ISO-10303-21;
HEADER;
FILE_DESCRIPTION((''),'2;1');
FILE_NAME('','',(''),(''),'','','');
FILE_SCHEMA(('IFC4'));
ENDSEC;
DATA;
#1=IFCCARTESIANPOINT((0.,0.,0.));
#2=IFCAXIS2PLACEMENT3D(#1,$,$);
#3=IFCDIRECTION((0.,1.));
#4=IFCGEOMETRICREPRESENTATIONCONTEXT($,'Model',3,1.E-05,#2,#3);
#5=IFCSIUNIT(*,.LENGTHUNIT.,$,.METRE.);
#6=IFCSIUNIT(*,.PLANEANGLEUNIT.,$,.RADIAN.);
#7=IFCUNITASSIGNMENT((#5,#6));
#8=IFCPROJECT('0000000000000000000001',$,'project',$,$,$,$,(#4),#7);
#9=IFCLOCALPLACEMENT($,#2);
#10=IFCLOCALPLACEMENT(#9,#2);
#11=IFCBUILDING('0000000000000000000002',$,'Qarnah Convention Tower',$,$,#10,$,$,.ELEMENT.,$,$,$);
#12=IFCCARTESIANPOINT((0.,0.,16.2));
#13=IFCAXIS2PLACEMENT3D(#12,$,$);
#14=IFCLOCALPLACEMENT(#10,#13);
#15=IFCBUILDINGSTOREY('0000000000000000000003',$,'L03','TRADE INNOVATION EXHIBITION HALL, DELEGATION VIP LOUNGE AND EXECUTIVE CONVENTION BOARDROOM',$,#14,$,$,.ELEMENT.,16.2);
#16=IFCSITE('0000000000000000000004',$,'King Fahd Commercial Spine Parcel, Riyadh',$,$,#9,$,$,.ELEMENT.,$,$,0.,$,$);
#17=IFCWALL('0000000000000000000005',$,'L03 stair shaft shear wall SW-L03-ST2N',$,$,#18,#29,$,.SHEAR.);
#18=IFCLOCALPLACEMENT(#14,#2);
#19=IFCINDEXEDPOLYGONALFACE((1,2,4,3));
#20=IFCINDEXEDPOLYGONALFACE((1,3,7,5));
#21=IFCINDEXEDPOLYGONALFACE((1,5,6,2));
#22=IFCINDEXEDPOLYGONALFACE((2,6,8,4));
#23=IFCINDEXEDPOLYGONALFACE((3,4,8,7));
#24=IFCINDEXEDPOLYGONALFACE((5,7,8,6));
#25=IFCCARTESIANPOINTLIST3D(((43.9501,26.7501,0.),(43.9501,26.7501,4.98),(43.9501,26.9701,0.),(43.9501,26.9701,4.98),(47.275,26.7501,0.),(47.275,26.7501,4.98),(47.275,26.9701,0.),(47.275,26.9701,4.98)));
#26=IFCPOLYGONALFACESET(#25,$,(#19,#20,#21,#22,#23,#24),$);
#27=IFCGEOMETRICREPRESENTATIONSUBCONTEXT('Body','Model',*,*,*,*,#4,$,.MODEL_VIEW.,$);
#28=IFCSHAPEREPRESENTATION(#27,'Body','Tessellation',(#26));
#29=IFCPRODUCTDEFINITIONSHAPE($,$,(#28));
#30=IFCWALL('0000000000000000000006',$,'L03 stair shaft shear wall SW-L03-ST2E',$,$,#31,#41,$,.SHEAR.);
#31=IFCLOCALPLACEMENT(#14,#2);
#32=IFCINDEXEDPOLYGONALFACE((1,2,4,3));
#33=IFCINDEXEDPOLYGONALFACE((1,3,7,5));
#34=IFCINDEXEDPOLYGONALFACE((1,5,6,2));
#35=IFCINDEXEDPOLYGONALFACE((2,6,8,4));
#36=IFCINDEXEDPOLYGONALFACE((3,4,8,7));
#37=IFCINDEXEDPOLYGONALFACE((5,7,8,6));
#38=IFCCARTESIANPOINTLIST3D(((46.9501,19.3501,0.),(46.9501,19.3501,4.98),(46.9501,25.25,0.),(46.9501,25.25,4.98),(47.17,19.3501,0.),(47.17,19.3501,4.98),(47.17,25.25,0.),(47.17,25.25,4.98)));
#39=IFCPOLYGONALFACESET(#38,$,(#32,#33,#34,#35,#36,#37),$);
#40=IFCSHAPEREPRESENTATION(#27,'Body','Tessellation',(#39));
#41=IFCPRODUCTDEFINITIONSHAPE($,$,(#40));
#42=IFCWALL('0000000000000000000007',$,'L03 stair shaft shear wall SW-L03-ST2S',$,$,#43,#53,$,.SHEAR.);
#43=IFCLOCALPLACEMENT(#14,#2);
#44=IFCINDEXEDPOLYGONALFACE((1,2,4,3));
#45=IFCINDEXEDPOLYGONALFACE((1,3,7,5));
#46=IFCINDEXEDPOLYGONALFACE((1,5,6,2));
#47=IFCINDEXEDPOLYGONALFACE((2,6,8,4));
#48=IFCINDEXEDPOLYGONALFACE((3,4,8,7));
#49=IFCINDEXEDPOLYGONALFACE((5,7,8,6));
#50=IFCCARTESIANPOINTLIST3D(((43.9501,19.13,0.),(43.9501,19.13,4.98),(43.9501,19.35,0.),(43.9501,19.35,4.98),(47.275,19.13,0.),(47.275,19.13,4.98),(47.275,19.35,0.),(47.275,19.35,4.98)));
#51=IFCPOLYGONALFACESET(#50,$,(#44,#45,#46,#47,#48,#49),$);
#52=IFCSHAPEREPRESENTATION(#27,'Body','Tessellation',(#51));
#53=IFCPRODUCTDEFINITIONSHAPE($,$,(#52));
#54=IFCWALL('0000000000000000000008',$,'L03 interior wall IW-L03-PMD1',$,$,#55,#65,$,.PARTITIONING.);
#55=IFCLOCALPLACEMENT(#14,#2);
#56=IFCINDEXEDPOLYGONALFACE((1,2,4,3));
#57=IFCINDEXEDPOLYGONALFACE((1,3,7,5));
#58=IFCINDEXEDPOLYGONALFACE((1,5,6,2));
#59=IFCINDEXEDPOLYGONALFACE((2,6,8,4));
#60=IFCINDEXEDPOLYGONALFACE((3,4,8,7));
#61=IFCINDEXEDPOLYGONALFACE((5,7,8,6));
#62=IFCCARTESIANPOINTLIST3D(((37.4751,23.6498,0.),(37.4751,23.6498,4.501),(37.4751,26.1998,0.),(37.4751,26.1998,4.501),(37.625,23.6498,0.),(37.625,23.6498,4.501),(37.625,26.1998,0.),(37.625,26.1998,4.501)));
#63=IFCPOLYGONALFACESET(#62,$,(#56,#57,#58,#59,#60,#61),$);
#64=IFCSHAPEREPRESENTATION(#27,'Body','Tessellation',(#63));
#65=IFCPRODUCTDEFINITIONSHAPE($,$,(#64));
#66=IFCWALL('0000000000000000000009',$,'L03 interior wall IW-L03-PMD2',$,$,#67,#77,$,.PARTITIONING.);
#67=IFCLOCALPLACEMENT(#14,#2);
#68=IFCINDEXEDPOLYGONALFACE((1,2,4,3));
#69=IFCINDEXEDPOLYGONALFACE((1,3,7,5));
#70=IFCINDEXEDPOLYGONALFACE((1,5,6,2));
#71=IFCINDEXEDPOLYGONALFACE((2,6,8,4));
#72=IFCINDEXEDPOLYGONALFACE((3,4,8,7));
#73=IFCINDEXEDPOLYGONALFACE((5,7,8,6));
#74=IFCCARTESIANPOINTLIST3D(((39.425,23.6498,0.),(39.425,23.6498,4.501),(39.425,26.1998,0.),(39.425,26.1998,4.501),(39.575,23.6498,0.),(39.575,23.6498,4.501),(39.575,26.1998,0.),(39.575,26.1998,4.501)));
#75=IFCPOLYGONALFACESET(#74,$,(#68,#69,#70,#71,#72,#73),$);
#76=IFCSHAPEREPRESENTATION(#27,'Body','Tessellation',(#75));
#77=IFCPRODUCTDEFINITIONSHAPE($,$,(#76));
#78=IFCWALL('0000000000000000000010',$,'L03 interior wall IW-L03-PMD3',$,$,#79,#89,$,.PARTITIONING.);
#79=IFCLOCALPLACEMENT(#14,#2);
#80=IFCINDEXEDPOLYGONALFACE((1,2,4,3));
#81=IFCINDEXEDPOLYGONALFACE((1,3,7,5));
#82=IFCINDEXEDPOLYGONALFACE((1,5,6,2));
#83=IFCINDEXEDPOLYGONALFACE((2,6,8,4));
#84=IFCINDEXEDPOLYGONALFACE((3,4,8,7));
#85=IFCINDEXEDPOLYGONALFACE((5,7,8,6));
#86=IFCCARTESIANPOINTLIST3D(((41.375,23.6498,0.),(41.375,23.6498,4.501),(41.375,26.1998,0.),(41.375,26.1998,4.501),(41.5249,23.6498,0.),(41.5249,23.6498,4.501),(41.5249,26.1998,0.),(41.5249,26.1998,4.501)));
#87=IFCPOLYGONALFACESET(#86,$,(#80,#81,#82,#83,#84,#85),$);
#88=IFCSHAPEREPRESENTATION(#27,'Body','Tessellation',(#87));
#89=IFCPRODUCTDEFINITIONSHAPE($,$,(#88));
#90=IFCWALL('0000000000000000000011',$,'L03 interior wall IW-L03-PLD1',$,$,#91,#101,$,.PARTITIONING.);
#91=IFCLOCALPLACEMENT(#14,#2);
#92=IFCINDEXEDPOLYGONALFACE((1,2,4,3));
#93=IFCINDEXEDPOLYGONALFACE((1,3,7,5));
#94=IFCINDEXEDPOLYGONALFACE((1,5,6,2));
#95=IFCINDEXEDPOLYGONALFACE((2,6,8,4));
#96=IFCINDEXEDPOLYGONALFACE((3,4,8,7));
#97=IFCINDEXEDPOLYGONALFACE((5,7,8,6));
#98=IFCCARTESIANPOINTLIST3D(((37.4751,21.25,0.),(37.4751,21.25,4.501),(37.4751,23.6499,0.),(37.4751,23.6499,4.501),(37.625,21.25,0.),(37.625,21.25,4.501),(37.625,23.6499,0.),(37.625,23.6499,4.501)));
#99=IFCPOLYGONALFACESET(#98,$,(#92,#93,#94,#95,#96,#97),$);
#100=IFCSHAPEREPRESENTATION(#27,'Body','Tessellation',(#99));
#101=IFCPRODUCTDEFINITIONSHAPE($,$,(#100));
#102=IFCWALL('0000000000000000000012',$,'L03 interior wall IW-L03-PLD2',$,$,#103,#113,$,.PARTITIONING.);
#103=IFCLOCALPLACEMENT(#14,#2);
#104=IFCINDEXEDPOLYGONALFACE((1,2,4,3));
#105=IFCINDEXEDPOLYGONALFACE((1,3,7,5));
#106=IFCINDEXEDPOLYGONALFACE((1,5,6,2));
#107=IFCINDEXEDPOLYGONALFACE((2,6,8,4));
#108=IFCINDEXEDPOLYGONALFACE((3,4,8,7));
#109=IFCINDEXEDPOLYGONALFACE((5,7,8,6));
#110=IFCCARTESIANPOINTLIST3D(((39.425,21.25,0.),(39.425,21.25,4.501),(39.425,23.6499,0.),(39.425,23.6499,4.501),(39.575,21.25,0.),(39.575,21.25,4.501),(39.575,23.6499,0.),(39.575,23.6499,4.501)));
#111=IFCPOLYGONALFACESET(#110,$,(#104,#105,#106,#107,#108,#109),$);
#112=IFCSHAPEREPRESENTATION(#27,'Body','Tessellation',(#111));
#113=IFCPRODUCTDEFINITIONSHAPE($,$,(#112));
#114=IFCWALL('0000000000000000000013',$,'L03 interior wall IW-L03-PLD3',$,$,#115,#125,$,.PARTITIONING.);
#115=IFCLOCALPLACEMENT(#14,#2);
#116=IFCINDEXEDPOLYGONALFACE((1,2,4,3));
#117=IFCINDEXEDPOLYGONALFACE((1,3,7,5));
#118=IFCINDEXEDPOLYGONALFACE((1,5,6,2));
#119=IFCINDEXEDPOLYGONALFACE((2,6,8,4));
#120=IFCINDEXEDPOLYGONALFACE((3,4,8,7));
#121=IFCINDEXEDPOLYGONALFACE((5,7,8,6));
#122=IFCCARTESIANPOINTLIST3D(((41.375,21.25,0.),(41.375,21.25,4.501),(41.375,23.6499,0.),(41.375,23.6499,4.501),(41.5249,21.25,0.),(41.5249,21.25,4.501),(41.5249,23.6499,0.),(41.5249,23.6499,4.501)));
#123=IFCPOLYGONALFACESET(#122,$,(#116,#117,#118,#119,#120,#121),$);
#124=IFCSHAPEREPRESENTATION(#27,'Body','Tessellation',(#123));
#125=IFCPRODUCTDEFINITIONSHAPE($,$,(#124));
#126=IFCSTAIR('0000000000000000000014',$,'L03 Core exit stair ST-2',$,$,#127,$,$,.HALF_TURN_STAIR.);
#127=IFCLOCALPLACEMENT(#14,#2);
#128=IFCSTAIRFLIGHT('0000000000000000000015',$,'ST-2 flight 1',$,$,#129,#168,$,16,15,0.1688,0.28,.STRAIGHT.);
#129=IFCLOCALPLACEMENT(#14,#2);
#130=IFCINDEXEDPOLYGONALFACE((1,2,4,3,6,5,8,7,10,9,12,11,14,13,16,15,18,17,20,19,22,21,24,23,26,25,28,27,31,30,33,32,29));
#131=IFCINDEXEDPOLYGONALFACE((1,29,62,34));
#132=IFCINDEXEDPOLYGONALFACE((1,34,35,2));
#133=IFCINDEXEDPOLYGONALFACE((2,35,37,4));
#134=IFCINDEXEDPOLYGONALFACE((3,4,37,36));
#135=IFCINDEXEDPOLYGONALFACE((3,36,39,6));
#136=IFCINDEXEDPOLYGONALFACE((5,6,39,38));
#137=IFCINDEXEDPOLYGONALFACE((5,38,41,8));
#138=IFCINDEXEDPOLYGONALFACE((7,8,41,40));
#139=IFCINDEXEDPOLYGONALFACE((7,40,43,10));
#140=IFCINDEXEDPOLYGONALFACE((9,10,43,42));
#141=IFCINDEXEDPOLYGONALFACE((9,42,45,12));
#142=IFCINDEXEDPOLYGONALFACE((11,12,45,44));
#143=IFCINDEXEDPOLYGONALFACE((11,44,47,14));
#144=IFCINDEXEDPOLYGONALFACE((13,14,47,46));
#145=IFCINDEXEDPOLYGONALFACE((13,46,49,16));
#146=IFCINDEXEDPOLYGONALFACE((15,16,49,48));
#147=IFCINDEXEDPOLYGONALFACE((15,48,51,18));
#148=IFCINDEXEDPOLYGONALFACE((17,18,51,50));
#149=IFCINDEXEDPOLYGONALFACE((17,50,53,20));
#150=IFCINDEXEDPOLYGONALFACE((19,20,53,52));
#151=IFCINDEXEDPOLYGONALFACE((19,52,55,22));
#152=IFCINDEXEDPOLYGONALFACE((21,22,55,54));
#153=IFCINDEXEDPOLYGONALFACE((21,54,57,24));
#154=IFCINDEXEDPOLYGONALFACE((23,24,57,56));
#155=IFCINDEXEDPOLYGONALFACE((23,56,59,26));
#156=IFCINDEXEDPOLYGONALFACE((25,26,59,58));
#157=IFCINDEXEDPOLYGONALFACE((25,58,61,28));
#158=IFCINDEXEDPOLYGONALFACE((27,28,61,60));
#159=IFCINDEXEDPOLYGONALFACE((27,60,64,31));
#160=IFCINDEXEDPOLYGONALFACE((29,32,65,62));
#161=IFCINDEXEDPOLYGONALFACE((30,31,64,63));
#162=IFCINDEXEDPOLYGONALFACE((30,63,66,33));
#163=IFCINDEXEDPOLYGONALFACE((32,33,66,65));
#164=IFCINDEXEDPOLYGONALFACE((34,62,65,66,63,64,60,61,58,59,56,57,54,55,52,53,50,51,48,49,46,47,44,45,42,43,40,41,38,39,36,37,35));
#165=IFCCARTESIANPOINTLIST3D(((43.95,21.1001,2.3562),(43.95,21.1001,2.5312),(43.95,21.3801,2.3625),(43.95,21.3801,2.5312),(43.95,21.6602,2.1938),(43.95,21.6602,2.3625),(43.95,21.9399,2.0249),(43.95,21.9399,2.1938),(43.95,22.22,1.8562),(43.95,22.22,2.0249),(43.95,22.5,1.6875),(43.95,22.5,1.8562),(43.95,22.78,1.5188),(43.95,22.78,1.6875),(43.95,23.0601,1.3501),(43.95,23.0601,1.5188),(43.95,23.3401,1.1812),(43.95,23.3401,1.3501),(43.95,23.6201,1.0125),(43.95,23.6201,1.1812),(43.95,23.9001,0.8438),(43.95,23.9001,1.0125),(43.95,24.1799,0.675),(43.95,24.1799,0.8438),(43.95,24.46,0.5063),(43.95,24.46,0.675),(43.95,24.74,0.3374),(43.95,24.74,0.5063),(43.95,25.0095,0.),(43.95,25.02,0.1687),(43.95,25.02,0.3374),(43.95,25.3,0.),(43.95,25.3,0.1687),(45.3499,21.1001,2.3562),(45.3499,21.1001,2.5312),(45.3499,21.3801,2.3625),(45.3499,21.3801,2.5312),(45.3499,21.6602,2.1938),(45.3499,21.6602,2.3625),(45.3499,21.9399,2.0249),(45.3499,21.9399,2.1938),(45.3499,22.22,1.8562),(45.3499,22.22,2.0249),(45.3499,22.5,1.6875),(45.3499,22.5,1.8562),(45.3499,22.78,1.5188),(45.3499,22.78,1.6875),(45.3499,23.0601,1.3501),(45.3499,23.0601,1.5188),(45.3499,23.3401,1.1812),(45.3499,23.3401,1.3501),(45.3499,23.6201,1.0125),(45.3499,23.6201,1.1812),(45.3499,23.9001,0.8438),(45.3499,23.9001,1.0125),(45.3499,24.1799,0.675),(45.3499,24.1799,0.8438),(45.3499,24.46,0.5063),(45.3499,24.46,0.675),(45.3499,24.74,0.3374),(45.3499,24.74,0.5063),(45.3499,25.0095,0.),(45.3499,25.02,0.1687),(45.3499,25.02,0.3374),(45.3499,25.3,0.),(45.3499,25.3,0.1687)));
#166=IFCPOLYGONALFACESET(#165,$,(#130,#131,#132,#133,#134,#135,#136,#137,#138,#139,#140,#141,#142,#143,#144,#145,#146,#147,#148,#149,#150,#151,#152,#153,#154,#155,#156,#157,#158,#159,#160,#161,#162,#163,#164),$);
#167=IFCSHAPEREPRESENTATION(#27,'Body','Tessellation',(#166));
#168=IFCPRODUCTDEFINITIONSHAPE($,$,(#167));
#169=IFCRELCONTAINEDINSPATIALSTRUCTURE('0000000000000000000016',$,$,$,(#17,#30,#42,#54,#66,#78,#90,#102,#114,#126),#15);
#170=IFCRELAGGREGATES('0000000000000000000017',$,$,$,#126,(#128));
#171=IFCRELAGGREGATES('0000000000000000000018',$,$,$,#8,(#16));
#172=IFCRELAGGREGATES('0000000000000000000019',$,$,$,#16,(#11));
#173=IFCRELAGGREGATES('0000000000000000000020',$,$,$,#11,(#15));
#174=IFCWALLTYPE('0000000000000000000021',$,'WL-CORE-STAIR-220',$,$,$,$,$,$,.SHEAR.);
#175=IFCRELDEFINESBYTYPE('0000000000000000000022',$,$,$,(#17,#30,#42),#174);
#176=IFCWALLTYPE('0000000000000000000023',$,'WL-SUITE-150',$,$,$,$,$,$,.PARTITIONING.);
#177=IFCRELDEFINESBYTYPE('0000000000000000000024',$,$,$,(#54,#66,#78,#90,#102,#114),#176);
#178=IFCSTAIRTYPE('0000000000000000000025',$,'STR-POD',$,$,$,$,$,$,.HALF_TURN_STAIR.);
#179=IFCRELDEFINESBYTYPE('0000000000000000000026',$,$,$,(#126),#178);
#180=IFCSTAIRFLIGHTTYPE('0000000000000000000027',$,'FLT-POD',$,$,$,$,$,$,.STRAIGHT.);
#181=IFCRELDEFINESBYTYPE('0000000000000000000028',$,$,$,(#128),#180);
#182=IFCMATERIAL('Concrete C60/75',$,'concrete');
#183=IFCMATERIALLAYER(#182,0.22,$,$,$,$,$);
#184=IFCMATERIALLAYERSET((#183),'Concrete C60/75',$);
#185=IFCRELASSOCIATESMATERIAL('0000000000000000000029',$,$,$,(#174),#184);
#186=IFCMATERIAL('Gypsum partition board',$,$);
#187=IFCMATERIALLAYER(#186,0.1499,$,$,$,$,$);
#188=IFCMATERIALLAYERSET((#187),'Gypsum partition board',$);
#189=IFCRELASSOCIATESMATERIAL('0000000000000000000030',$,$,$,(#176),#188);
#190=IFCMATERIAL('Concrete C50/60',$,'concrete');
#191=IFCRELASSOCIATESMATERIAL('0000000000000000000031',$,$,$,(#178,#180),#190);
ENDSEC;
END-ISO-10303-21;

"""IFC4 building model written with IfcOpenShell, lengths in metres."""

from ifc_helpers import new_model, si_unit, direction, frame, frame_2d, origin, place, context, subcontext, project, spatial, polyline, rectangle, outline, extrude, material, layer, layer_set, type_object, element, aggregate, save


model = new_model("IFC4")

# Units and contexts
model_context = context("Model", 3, precision=1e-05, world=origin(), true_north=direction((0.0, 1.0)))
body_context = subcontext(model_context, "Body", "Model", "MODEL_VIEW")
ifc_project = project(units=[si_unit("LENGTHUNIT", "METRE"), si_unit("PLANEANGLEUNIT", "RADIAN")], contexts=[model_context])

# Site, building, storey
site_placement = place(None, origin())
site = spatial("IfcSite", under=ifc_project, at=site_placement, Name="King Fahd Commercial Spine Parcel, Riyadh", CompositionType="ELEMENT", RefElevation=0.0)
building_placement = place(site_placement, origin())
building = spatial("IfcBuilding", under=site, at=building_placement, Name="Qarnah Convention Tower", CompositionType="ELEMENT")
storey_placement = place(building_placement, frame((0.0, 0.0, 16.2)))
storey = spatial("IfcBuildingStorey", under=building, at=storey_placement, Name="L03", Description="TRADE INNOVATION EXHIBITION HALL, DELEGATION VIP LOUNGE AND EXECUTIVE CONVENTION BOARDROOM", CompositionType="ELEMENT", Elevation=16.2)

# Shared definitions
ifc_material_1 = material(Name="Concrete C60/75", Category="concrete")

# Walls
ifc_layer_1 = layer(ifc_material_1, 0.22)
ifc_layer_set_1 = layer_set([ifc_layer_1], Name="Concrete C60/75")
wall_type_1 = type_object("IfcWallType", Name="WL-CORE-STAIR-220", PredefinedType="SHEAR", material=ifc_layer_set_1)
wall_1_placement = place(storey_placement, frame((43.95, 26.8601, 0.0), z_axis=(0.0, 0.0, 1.0), x_axis=(1.0, 0.0, 0.0)))
element("IfcWall", 1, at=wall_1_placement, inside=storey, type_object=wall_type_1, Name="L03 stair shaft shear wall SW-L03-ST2N", PredefinedType="SHEAR", context=body_context, shape_type="SweptSolid", body=[
    extrude(rectangle(XDim=3.325, YDim=0.22, at=frame_2d((1.6626, 0.0))), origin(), (0.0, 0.0, 1.0), 4.98),
])
wall_2_placement = place(storey_placement, frame((47.0601, 19.3501, 0.0), z_axis=(0.0, 0.0, 1.0), x_axis=(0.0, 1.0, 0.0)))
element("IfcWall", 2, at=wall_2_placement, inside=storey, type_object=wall_type_1, Name="L03 stair shaft shear wall SW-L03-ST2E", PredefinedType="SHEAR", context=body_context, shape_type="SweptSolid", body=[
    extrude(rectangle(XDim=5.8999, YDim=0.22, at=frame_2d((2.95, 0.0))), origin(), (0.0, 0.0, 1.0), 4.98),
])
wall_3_placement = place(storey_placement, frame((43.95, 19.24, 0.0), z_axis=(0.0, 0.0, 1.0), x_axis=(1.0, 0.0, 0.0)))
element("IfcWall", 3, at=wall_3_placement, inside=storey, type_object=wall_type_1, Name="L03 stair shaft shear wall SW-L03-ST2S", PredefinedType="SHEAR", context=body_context, shape_type="SweptSolid", body=[
    extrude(rectangle(XDim=3.325, YDim=0.22, at=frame_2d((1.6626, 0.0))), origin(), (0.0, 0.0, 1.0), 4.98),
])
ifc_material_2 = material(Name="Gypsum partition board")
ifc_layer_2 = layer(ifc_material_2, 0.1499)
ifc_layer_set_2 = layer_set([ifc_layer_2], Name="Gypsum partition board")
wall_type_2 = type_object("IfcWallType", Name="WL-SUITE-150", PredefinedType="PARTITIONING", material=ifc_layer_set_2)
for number, where, z_axis, x_axis, name in (
    (4, (37.55, 23.6499, 0.0), (0.0, 0.0, 1.0), (0.0, 1.0, 0.0), "L03 interior wall IW-L03-PMD1"),
    (5, (39.5, 23.6499, 0.0), (0.0, 0.0, 1.0), (0.0, 1.0, 0.0), "L03 interior wall IW-L03-PMD2"),
    (6, (41.45, 23.6499, 0.0), (0.0, 0.0, 1.0), (0.0, 1.0, 0.0), "L03 interior wall IW-L03-PMD3"),
):
    element("IfcWall", number, at=place(storey_placement, frame(where, z_axis=z_axis, x_axis=x_axis)), inside=storey, type_object=wall_type_2, Name=name, PredefinedType="PARTITIONING", context=body_context, shape_type="SweptSolid", body=[
        extrude(rectangle(XDim=2.55, YDim=0.1499, at=frame_2d((1.2749, 0.0))), origin(), (0.0, 0.0, 1.0), 4.501),
    ])
for number, where, z_axis, x_axis, name in (
    (7, (37.55, 21.25, 0.0), (0.0, 0.0, 1.0), (0.0, 1.0, 0.0), "L03 interior wall IW-L03-PLD1"),
    (8, (39.5, 21.25, 0.0), (0.0, 0.0, 1.0), (0.0, 1.0, 0.0), "L03 interior wall IW-L03-PLD2"),
    (9, (41.45, 21.25, 0.0), (0.0, 0.0, 1.0), (0.0, 1.0, 0.0), "L03 interior wall IW-L03-PLD3"),
):
    element("IfcWall", number, at=place(storey_placement, frame(where, z_axis=z_axis, x_axis=x_axis)), inside=storey, type_object=wall_type_2, Name=name, PredefinedType="PARTITIONING", context=body_context, shape_type="SweptSolid", body=[
        extrude(rectangle(XDim=2.3999, YDim=0.1499, at=frame_2d((1.2, 0.0))), origin(), (0.0, 0.0, 1.0), 4.501),
    ])

# Stair, stair flight
ifc_material_3 = material(Name="Concrete C50/60", Category="concrete")
stair_type = type_object("IfcStairType", Name="STR-POD", PredefinedType="HALF_TURN_STAIR", material=ifc_material_3)
stair_placement = place(storey_placement, origin())
stair = element("IfcStair", 10, at=stair_placement, inside=storey, type_object=stair_type, Name="L03 Core exit stair ST-2", PredefinedType="HALF_TURN_STAIR")
stair_flight_type = type_object("IfcStairFlightType", Name="FLT-POD", PredefinedType="STRAIGHT", material=ifc_material_3)
stair_flight_1_placement = place(storey_placement, frame((44.6499, 25.3, 0.0), z_axis=(0.0, 0.0, 1.0), x_axis=(0.0, -1.0, 0.0)))
stair_flight_1 = element("IfcStairFlight", 11, at=stair_flight_1_placement, type_object=stair_flight_type, Name="ST-2 flight 1", NumberOfRisers=16, NumberOfTreads=15, PredefinedType="STRAIGHT", RiserHeight=0.1688, TreadLength=0.28, context=body_context, shape_type="SweptSolid", body=[
    extrude(outline(polyline([(0.0, 0.0), (0.0, 0.1687), (0.28, 0.1687), (0.28, 0.3374), (0.5601, 0.3374), (0.5601, 0.5063), (0.8401, 0.5063), (0.8401, 0.675), (1.1201, 0.675), (1.1201, 0.8438), (1.3999, 0.8438), (1.3999, 1.0125), (1.6799, 1.0125), (1.6799, 1.1812), (1.96, 1.1812), (1.96, 1.3501), (2.24, 1.3501), (2.24, 1.5188), (2.52, 1.5188), (2.52, 1.6875), (2.8, 1.6875), (2.8, 1.8562), (3.0801, 1.8562), (3.0801, 2.0249), (3.3601, 2.0249), (3.3601, 2.1938), (3.6399, 2.1938), (3.6399, 2.3625), (3.9199, 2.3625), (3.9199, 2.5312), (4.2, 2.5312), (4.2, 2.7), (4.2, 2.3562), (0.2905, 0.0), (0.0, 0.0)])), frame((0.0, 0.7, 0.0), z_axis=(0.0, -1.0, 0.0), x_axis=(1.0, 0.0, 0.0)), (0.0, 0.0, 1.0), 1.3999),
])
aggregate(stair, [stair_flight_1])

save(model, "model.ifc")
